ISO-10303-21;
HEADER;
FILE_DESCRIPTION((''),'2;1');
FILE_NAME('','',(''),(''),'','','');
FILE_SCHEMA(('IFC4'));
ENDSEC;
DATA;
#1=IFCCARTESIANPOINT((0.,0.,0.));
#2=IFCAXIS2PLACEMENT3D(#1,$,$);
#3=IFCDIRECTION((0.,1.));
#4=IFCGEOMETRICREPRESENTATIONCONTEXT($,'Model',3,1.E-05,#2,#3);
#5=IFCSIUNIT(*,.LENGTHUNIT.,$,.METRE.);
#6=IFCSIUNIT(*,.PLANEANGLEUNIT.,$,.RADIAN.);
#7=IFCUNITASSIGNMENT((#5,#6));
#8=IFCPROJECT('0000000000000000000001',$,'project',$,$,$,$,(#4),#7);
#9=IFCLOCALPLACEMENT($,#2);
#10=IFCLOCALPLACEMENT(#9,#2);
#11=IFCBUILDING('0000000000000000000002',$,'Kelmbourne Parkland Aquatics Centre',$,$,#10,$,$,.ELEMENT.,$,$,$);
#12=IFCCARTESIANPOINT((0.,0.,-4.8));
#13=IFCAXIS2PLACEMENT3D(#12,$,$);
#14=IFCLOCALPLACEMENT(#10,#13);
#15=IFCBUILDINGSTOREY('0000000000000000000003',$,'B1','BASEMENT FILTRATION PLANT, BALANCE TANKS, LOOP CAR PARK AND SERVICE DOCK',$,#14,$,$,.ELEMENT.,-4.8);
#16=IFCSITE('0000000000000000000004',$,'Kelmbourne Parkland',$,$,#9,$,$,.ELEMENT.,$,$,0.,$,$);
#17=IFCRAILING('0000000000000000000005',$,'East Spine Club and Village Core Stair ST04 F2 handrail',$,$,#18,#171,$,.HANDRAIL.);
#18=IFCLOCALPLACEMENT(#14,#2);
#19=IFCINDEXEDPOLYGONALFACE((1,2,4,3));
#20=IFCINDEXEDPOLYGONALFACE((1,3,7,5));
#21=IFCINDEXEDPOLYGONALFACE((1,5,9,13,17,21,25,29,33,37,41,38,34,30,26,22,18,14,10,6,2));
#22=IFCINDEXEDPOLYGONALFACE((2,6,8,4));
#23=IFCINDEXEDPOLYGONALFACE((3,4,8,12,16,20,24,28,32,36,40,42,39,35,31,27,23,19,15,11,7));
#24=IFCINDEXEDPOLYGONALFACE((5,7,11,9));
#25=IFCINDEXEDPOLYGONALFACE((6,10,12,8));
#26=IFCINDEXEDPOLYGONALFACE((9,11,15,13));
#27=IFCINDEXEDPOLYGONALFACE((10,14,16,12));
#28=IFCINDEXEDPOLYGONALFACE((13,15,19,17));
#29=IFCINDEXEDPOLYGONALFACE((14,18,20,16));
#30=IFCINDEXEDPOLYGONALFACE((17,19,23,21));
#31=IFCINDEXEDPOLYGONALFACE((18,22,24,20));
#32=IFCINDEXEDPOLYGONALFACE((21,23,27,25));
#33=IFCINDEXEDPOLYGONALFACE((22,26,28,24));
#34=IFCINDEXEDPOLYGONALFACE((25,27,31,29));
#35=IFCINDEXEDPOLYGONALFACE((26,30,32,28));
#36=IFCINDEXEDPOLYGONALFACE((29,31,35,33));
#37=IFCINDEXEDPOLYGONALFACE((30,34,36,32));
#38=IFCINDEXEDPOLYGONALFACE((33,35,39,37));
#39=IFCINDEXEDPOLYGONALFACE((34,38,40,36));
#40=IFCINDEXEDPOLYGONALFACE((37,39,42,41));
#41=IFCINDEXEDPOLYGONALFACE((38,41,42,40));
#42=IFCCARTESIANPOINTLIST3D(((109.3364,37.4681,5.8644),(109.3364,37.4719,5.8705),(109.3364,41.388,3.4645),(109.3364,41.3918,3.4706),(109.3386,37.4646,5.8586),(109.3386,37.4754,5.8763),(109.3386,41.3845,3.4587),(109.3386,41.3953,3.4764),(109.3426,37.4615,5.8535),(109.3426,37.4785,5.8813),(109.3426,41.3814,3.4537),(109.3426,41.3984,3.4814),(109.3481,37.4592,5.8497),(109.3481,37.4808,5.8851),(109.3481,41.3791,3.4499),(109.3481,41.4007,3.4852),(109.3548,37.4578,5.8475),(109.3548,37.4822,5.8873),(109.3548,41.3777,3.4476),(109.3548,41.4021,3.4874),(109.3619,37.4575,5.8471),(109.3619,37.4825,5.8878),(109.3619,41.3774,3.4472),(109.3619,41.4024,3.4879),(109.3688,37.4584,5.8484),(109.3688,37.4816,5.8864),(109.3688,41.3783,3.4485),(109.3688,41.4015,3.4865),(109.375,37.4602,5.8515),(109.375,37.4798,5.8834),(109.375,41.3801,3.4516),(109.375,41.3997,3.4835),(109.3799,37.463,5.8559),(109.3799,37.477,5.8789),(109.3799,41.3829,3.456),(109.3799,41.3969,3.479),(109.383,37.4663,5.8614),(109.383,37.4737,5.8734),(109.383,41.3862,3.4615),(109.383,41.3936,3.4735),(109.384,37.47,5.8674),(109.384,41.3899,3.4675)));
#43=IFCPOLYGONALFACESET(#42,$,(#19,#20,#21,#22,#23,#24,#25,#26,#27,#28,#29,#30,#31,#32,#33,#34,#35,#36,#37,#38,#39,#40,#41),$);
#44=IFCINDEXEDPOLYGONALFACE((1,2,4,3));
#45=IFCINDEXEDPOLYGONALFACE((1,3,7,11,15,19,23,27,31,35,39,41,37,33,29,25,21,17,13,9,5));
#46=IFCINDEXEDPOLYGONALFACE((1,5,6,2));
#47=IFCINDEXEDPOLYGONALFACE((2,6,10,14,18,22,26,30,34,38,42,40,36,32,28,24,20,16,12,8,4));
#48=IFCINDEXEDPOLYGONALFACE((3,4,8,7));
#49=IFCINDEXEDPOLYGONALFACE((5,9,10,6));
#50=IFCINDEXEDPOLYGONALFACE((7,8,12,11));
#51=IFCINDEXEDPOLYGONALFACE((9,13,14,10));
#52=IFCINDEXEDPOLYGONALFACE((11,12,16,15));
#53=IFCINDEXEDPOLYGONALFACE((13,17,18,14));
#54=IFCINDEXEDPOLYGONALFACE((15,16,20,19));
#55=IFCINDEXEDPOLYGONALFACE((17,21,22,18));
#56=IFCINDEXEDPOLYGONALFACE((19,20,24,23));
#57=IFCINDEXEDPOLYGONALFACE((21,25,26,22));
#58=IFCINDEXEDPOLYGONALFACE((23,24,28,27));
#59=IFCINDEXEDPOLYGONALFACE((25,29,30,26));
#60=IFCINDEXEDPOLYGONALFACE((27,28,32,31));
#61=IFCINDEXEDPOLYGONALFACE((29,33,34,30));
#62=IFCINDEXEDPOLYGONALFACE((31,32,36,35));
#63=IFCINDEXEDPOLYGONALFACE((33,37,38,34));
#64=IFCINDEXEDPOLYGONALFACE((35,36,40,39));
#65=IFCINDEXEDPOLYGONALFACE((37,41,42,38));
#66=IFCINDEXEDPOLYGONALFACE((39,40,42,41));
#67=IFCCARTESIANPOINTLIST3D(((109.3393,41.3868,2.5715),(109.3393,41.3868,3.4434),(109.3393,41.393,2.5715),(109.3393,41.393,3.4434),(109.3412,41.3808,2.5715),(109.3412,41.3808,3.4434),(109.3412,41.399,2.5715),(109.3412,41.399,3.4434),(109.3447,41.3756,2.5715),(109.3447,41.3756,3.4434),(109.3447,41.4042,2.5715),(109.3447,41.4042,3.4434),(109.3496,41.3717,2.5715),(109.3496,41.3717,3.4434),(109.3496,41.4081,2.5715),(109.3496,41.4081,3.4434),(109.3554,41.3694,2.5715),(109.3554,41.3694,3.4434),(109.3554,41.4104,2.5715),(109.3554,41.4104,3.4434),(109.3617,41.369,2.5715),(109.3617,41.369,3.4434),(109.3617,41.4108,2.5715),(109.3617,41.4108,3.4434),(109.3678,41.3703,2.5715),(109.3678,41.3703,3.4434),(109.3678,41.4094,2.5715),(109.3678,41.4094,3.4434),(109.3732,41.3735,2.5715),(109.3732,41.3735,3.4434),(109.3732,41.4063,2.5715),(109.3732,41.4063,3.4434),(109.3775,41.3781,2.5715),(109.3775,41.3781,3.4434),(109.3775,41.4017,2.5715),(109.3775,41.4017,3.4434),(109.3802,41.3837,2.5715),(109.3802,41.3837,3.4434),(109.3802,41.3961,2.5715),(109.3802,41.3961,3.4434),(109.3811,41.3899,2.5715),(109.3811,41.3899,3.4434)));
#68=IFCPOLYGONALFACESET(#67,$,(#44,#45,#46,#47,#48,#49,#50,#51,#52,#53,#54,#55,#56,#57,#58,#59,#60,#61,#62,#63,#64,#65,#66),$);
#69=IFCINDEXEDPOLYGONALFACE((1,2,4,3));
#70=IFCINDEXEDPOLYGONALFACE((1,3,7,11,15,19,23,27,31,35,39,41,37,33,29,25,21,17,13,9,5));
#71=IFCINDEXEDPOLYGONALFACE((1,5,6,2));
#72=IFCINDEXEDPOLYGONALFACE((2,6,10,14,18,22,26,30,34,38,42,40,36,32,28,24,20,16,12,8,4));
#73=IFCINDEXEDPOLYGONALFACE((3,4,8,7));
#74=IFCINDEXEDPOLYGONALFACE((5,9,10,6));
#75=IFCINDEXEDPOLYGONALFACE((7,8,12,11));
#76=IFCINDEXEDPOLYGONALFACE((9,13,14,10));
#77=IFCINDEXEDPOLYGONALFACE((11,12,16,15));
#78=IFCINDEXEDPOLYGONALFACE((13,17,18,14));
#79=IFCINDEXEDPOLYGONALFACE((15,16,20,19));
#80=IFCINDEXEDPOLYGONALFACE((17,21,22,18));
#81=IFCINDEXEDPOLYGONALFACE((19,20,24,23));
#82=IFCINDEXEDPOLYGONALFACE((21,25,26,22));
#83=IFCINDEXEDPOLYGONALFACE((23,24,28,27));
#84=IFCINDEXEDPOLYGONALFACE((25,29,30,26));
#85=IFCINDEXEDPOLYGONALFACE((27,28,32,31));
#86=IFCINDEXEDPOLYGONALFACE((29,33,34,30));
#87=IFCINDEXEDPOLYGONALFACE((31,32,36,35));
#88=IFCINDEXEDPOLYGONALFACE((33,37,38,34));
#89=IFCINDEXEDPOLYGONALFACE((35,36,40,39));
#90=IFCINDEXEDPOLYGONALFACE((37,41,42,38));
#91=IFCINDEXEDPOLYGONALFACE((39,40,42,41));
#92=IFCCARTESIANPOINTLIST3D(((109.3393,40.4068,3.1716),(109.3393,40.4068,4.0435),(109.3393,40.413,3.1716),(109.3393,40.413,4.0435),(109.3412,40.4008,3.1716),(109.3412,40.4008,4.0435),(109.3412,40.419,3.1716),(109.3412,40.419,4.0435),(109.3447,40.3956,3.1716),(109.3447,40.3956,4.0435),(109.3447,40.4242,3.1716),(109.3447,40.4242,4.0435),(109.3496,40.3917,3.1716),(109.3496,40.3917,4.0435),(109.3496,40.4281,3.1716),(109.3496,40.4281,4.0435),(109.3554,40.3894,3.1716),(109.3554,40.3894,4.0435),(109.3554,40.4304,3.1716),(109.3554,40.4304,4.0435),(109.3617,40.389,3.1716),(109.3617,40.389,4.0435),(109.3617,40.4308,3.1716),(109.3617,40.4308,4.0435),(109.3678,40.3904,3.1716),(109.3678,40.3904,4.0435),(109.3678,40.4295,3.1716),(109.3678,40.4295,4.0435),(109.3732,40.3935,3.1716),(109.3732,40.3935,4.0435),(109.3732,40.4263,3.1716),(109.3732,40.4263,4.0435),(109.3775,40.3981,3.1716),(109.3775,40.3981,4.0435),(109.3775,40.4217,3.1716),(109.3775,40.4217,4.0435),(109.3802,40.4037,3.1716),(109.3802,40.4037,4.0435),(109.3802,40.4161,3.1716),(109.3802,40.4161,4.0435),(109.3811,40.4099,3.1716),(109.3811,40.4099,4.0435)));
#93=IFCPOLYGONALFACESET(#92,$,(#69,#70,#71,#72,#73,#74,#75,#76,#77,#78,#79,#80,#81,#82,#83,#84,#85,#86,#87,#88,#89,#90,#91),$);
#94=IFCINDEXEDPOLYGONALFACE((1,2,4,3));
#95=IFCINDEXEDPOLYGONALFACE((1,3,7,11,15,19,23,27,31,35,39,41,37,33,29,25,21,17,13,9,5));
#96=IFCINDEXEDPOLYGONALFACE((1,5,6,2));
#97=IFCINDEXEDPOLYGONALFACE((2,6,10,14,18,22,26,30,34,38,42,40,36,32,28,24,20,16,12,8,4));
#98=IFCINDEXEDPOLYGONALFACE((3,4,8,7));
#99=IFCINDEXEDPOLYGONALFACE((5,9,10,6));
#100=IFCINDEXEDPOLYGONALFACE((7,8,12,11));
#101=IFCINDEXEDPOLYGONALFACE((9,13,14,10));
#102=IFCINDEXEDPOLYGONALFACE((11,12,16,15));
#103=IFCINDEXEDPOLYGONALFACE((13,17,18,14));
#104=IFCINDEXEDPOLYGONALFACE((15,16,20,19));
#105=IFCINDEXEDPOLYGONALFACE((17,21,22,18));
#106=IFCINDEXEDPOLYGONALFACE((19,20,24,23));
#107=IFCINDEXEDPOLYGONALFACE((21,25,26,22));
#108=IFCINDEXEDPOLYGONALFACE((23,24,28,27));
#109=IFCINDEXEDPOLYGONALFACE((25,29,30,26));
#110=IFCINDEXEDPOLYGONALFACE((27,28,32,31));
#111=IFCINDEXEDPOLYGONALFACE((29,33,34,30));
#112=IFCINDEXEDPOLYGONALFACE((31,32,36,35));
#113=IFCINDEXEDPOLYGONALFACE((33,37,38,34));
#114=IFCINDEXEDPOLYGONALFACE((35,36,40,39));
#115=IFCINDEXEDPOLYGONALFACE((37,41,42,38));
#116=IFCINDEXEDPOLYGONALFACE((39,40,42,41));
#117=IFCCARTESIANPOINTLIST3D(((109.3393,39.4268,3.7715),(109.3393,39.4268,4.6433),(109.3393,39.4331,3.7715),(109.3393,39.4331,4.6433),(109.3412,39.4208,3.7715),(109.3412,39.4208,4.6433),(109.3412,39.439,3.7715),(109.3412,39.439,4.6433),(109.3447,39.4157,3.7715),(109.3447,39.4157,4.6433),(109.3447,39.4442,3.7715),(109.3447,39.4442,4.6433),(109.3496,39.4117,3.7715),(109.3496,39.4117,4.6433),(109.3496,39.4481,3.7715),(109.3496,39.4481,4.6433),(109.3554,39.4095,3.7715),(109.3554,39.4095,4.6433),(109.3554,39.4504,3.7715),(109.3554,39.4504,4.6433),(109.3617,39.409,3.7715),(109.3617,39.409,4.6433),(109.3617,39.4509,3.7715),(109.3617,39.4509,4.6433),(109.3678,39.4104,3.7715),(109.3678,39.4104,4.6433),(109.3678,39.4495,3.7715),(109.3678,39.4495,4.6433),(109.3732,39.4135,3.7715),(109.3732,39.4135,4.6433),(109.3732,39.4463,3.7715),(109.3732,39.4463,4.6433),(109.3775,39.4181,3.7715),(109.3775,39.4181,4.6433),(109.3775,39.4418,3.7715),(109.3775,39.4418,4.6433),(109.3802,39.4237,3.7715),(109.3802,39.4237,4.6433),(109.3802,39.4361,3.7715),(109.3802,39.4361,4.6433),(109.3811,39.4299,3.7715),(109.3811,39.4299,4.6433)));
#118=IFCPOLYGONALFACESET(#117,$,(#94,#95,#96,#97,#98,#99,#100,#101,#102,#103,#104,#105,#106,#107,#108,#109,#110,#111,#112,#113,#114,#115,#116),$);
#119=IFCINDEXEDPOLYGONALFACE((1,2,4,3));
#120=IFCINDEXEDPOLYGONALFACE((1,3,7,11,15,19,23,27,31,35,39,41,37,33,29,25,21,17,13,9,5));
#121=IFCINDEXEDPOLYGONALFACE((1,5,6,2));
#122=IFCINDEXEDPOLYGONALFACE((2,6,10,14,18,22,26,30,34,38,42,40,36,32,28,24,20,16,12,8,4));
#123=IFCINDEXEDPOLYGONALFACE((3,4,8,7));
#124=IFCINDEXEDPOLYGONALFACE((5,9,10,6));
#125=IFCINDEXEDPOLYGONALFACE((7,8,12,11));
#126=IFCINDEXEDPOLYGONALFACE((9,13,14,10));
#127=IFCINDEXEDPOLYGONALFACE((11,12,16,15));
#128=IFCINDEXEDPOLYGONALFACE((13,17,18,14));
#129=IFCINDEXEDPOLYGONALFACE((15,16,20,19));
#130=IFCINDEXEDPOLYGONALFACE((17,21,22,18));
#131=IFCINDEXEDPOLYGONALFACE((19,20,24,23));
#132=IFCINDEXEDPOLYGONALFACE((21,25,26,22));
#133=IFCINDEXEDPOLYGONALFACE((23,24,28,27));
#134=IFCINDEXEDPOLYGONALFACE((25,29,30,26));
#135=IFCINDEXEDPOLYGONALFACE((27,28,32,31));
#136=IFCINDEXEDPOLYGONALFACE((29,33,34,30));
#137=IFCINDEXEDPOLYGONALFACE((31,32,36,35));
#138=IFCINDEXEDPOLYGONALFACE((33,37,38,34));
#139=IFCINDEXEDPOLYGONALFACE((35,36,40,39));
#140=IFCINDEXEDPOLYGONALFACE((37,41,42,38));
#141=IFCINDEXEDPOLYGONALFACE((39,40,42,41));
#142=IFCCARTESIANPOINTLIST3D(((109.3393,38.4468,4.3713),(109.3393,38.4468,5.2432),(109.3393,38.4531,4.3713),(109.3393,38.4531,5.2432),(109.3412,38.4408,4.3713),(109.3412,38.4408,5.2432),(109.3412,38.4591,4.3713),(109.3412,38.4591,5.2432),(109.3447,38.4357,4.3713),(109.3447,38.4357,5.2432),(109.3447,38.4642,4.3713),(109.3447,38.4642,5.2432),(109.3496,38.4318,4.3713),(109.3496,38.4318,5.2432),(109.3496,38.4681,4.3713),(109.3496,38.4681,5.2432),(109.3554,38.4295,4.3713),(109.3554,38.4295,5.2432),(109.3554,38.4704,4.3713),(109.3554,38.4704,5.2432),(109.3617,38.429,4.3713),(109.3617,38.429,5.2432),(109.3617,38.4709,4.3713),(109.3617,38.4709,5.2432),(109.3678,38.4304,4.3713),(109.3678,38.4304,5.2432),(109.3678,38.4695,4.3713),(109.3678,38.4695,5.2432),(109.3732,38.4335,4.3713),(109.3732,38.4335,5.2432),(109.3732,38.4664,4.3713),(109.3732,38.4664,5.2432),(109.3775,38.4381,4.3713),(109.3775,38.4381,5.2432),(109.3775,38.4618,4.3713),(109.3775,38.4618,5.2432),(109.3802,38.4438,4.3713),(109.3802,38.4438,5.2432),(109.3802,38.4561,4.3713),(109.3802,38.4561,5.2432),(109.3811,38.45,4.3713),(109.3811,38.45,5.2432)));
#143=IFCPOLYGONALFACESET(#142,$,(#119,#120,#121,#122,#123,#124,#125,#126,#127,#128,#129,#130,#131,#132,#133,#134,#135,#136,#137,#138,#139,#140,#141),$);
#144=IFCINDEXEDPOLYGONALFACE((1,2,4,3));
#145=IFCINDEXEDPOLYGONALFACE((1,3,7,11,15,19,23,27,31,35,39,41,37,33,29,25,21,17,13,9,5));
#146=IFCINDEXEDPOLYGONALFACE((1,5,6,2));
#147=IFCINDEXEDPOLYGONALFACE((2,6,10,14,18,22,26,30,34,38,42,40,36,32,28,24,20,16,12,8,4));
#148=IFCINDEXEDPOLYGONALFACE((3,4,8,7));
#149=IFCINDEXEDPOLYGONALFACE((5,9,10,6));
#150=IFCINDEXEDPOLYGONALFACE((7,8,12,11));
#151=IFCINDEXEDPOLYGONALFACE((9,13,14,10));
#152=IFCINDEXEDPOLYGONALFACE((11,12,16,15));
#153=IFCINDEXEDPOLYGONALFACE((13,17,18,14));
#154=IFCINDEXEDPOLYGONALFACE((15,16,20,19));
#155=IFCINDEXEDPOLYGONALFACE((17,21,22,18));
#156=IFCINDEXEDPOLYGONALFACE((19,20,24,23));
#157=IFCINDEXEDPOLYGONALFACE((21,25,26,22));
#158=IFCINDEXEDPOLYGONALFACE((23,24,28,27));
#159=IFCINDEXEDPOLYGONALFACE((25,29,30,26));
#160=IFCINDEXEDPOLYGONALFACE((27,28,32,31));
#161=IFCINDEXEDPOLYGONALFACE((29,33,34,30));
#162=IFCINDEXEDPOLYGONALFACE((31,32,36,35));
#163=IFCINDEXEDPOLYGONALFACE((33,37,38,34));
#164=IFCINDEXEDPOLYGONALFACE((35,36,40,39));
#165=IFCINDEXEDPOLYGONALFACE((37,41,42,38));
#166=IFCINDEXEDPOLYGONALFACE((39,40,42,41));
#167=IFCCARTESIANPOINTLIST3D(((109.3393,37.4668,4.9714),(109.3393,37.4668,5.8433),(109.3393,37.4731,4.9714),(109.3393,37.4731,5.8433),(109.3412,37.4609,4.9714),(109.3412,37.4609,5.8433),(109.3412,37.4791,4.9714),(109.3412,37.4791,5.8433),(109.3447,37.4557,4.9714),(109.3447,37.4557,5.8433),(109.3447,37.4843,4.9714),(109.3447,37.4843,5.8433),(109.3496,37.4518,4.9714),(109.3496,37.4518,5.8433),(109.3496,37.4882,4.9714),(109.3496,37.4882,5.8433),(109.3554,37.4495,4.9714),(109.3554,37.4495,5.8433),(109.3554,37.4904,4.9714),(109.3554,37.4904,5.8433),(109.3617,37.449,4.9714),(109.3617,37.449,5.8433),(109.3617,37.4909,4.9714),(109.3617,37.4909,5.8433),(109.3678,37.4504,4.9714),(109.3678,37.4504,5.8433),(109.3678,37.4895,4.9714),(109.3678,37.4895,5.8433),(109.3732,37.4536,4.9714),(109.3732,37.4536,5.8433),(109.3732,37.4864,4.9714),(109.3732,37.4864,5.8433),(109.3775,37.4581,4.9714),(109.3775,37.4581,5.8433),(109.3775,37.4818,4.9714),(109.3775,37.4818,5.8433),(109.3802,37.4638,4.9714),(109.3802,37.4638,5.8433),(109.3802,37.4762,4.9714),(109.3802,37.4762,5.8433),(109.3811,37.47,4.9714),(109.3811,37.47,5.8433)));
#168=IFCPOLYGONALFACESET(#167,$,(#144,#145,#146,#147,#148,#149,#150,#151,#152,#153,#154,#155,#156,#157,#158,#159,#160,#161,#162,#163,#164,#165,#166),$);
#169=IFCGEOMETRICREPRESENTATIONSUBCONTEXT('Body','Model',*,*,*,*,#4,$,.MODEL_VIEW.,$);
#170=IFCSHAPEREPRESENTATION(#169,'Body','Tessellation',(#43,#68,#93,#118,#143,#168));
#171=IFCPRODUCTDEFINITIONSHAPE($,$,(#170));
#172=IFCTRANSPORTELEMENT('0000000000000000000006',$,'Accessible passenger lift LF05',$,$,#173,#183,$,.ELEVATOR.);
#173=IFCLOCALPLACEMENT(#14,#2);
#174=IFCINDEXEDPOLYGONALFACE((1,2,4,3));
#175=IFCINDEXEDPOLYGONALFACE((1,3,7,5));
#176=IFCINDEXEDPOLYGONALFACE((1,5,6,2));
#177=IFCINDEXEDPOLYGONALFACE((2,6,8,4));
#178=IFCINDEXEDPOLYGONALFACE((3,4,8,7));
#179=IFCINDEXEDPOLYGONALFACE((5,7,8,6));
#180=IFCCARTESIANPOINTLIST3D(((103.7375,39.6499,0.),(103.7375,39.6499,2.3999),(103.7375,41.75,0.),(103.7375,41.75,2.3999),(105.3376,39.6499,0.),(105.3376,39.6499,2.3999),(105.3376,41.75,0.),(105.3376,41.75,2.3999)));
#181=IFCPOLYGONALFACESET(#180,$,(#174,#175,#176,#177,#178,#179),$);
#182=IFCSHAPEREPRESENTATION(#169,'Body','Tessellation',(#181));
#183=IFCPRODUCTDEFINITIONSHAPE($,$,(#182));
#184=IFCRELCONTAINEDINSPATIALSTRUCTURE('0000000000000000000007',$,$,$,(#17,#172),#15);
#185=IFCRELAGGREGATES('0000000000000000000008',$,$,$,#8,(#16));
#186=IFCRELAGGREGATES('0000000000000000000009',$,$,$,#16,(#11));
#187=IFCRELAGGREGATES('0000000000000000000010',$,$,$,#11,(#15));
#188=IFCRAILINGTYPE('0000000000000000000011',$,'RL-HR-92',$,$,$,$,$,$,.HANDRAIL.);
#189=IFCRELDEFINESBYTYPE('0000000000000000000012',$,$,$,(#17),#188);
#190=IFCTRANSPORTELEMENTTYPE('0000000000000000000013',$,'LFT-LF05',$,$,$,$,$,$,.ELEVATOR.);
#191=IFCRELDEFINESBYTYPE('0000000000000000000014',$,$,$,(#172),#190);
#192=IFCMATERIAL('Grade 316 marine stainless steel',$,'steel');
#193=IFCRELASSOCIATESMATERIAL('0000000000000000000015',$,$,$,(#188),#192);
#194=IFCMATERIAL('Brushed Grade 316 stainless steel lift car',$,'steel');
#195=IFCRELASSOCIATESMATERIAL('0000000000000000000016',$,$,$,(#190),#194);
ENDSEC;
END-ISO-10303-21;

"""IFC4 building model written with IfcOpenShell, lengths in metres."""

from ifc_helpers import new_model, si_unit, direction, frame, origin, origin_2d, place, context, subcontext, project, spatial, rectangle, circle, extrude, material, type_object, element, save


model = new_model("IFC4")

# Units and contexts
model_context = context("Model", 3, precision=1e-05, world=origin(), true_north=direction((0.0, 1.0)))
body_context = subcontext(model_context, "Body", "Model", "MODEL_VIEW")
ifc_project = project(units=[si_unit("LENGTHUNIT", "METRE"), si_unit("PLANEANGLEUNIT", "RADIAN")], contexts=[model_context])

# Site, building, storey
site_placement = place(None, origin())
site = spatial("IfcSite", under=ifc_project, at=site_placement, Name="Kelmbourne Parkland", CompositionType="ELEMENT", RefElevation=0.0)
building_placement = place(site_placement, origin())
building = spatial("IfcBuilding", under=site, at=building_placement, Name="Kelmbourne Parkland Aquatics Centre", CompositionType="ELEMENT")
storey_placement = place(building_placement, frame((0.0, 0.0, -4.8)))
storey = spatial("IfcBuildingStorey", under=building, at=storey_placement, Name="B1", Description="BASEMENT FILTRATION PLANT, BALANCE TANKS, LOOP CAR PARK AND SERVICE DOCK", CompositionType="ELEMENT", Elevation=-4.8)

# Railing
ifc_material_1 = material(Name="Grade 316 marine stainless steel", Category="steel")
railing_type_1 = type_object("IfcRailingType", Name="RL-HR-92", PredefinedType="HANDRAIL", material=ifc_material_1)
railing_1_placement = place(storey_placement, frame((109.3601, 41.3899, 2.5715)))
element("IfcRailing", 1, at=railing_1_placement, inside=storey, type_object=railing_type_1, Name="East Spine Club and Village Core Stair ST04 F2 handrail", PredefinedType="HANDRAIL", context=body_context, shape_type="SweptSolid", body=[
    extrude(circle(Radius=0.0239, at=origin_2d()), frame((0.0, 0.0, 0.896), z_axis=(0.0, -0.852856, 0.522146), x_axis=(1.0, 0.0, 0.0)), (0.0, 0.0, 1.0), 4.5962),
    extrude(circle(Radius=0.021, at=origin_2d()), origin(), (0.0, 0.0, 1.0), 0.8718),
    extrude(circle(Radius=0.021, at=origin_2d()), frame((0.0, -0.98, 0.6001)), (0.0, 0.0, 1.0), 0.8718),
    extrude(circle(Radius=0.021, at=origin_2d()), frame((0.0, -1.96, 1.2)), (0.0, 0.0, 1.0), 0.8718),
    extrude(circle(Radius=0.021, at=origin_2d()), frame((0.0, -2.9399, 1.7998)), (0.0, 0.0, 1.0), 0.8718),
    extrude(circle(Radius=0.021, at=origin_2d()), frame((0.0, -3.9199, 2.3999)), (0.0, 0.0, 1.0), 0.8718),
])

# Transport element
ifc_material_2 = material(Name="Brushed Grade 316 stainless steel lift car", Category="steel")
transport_element_type = type_object("IfcTransportElementType", Name="LFT-LF05", PredefinedType="ELEVATOR", material=ifc_material_2)
transport_element_placement = place(storey_placement, frame((104.5376, 40.7, 0.0), z_axis=(0.0, 0.0, 1.0), x_axis=(1.0, 0.0, 0.0)))
element("IfcTransportElement", 2, at=transport_element_placement, inside=storey, type_object=transport_element_type, Name="Accessible passenger lift LF05", PredefinedType="ELEVATOR", context=body_context, shape_type="SweptSolid", body=[
    extrude(rectangle(XDim=1.6001, YDim=2.1001, at=origin_2d()), origin(), (0.0, 0.0, 1.0), 2.3999),
])

save(model, "model.ifc")
